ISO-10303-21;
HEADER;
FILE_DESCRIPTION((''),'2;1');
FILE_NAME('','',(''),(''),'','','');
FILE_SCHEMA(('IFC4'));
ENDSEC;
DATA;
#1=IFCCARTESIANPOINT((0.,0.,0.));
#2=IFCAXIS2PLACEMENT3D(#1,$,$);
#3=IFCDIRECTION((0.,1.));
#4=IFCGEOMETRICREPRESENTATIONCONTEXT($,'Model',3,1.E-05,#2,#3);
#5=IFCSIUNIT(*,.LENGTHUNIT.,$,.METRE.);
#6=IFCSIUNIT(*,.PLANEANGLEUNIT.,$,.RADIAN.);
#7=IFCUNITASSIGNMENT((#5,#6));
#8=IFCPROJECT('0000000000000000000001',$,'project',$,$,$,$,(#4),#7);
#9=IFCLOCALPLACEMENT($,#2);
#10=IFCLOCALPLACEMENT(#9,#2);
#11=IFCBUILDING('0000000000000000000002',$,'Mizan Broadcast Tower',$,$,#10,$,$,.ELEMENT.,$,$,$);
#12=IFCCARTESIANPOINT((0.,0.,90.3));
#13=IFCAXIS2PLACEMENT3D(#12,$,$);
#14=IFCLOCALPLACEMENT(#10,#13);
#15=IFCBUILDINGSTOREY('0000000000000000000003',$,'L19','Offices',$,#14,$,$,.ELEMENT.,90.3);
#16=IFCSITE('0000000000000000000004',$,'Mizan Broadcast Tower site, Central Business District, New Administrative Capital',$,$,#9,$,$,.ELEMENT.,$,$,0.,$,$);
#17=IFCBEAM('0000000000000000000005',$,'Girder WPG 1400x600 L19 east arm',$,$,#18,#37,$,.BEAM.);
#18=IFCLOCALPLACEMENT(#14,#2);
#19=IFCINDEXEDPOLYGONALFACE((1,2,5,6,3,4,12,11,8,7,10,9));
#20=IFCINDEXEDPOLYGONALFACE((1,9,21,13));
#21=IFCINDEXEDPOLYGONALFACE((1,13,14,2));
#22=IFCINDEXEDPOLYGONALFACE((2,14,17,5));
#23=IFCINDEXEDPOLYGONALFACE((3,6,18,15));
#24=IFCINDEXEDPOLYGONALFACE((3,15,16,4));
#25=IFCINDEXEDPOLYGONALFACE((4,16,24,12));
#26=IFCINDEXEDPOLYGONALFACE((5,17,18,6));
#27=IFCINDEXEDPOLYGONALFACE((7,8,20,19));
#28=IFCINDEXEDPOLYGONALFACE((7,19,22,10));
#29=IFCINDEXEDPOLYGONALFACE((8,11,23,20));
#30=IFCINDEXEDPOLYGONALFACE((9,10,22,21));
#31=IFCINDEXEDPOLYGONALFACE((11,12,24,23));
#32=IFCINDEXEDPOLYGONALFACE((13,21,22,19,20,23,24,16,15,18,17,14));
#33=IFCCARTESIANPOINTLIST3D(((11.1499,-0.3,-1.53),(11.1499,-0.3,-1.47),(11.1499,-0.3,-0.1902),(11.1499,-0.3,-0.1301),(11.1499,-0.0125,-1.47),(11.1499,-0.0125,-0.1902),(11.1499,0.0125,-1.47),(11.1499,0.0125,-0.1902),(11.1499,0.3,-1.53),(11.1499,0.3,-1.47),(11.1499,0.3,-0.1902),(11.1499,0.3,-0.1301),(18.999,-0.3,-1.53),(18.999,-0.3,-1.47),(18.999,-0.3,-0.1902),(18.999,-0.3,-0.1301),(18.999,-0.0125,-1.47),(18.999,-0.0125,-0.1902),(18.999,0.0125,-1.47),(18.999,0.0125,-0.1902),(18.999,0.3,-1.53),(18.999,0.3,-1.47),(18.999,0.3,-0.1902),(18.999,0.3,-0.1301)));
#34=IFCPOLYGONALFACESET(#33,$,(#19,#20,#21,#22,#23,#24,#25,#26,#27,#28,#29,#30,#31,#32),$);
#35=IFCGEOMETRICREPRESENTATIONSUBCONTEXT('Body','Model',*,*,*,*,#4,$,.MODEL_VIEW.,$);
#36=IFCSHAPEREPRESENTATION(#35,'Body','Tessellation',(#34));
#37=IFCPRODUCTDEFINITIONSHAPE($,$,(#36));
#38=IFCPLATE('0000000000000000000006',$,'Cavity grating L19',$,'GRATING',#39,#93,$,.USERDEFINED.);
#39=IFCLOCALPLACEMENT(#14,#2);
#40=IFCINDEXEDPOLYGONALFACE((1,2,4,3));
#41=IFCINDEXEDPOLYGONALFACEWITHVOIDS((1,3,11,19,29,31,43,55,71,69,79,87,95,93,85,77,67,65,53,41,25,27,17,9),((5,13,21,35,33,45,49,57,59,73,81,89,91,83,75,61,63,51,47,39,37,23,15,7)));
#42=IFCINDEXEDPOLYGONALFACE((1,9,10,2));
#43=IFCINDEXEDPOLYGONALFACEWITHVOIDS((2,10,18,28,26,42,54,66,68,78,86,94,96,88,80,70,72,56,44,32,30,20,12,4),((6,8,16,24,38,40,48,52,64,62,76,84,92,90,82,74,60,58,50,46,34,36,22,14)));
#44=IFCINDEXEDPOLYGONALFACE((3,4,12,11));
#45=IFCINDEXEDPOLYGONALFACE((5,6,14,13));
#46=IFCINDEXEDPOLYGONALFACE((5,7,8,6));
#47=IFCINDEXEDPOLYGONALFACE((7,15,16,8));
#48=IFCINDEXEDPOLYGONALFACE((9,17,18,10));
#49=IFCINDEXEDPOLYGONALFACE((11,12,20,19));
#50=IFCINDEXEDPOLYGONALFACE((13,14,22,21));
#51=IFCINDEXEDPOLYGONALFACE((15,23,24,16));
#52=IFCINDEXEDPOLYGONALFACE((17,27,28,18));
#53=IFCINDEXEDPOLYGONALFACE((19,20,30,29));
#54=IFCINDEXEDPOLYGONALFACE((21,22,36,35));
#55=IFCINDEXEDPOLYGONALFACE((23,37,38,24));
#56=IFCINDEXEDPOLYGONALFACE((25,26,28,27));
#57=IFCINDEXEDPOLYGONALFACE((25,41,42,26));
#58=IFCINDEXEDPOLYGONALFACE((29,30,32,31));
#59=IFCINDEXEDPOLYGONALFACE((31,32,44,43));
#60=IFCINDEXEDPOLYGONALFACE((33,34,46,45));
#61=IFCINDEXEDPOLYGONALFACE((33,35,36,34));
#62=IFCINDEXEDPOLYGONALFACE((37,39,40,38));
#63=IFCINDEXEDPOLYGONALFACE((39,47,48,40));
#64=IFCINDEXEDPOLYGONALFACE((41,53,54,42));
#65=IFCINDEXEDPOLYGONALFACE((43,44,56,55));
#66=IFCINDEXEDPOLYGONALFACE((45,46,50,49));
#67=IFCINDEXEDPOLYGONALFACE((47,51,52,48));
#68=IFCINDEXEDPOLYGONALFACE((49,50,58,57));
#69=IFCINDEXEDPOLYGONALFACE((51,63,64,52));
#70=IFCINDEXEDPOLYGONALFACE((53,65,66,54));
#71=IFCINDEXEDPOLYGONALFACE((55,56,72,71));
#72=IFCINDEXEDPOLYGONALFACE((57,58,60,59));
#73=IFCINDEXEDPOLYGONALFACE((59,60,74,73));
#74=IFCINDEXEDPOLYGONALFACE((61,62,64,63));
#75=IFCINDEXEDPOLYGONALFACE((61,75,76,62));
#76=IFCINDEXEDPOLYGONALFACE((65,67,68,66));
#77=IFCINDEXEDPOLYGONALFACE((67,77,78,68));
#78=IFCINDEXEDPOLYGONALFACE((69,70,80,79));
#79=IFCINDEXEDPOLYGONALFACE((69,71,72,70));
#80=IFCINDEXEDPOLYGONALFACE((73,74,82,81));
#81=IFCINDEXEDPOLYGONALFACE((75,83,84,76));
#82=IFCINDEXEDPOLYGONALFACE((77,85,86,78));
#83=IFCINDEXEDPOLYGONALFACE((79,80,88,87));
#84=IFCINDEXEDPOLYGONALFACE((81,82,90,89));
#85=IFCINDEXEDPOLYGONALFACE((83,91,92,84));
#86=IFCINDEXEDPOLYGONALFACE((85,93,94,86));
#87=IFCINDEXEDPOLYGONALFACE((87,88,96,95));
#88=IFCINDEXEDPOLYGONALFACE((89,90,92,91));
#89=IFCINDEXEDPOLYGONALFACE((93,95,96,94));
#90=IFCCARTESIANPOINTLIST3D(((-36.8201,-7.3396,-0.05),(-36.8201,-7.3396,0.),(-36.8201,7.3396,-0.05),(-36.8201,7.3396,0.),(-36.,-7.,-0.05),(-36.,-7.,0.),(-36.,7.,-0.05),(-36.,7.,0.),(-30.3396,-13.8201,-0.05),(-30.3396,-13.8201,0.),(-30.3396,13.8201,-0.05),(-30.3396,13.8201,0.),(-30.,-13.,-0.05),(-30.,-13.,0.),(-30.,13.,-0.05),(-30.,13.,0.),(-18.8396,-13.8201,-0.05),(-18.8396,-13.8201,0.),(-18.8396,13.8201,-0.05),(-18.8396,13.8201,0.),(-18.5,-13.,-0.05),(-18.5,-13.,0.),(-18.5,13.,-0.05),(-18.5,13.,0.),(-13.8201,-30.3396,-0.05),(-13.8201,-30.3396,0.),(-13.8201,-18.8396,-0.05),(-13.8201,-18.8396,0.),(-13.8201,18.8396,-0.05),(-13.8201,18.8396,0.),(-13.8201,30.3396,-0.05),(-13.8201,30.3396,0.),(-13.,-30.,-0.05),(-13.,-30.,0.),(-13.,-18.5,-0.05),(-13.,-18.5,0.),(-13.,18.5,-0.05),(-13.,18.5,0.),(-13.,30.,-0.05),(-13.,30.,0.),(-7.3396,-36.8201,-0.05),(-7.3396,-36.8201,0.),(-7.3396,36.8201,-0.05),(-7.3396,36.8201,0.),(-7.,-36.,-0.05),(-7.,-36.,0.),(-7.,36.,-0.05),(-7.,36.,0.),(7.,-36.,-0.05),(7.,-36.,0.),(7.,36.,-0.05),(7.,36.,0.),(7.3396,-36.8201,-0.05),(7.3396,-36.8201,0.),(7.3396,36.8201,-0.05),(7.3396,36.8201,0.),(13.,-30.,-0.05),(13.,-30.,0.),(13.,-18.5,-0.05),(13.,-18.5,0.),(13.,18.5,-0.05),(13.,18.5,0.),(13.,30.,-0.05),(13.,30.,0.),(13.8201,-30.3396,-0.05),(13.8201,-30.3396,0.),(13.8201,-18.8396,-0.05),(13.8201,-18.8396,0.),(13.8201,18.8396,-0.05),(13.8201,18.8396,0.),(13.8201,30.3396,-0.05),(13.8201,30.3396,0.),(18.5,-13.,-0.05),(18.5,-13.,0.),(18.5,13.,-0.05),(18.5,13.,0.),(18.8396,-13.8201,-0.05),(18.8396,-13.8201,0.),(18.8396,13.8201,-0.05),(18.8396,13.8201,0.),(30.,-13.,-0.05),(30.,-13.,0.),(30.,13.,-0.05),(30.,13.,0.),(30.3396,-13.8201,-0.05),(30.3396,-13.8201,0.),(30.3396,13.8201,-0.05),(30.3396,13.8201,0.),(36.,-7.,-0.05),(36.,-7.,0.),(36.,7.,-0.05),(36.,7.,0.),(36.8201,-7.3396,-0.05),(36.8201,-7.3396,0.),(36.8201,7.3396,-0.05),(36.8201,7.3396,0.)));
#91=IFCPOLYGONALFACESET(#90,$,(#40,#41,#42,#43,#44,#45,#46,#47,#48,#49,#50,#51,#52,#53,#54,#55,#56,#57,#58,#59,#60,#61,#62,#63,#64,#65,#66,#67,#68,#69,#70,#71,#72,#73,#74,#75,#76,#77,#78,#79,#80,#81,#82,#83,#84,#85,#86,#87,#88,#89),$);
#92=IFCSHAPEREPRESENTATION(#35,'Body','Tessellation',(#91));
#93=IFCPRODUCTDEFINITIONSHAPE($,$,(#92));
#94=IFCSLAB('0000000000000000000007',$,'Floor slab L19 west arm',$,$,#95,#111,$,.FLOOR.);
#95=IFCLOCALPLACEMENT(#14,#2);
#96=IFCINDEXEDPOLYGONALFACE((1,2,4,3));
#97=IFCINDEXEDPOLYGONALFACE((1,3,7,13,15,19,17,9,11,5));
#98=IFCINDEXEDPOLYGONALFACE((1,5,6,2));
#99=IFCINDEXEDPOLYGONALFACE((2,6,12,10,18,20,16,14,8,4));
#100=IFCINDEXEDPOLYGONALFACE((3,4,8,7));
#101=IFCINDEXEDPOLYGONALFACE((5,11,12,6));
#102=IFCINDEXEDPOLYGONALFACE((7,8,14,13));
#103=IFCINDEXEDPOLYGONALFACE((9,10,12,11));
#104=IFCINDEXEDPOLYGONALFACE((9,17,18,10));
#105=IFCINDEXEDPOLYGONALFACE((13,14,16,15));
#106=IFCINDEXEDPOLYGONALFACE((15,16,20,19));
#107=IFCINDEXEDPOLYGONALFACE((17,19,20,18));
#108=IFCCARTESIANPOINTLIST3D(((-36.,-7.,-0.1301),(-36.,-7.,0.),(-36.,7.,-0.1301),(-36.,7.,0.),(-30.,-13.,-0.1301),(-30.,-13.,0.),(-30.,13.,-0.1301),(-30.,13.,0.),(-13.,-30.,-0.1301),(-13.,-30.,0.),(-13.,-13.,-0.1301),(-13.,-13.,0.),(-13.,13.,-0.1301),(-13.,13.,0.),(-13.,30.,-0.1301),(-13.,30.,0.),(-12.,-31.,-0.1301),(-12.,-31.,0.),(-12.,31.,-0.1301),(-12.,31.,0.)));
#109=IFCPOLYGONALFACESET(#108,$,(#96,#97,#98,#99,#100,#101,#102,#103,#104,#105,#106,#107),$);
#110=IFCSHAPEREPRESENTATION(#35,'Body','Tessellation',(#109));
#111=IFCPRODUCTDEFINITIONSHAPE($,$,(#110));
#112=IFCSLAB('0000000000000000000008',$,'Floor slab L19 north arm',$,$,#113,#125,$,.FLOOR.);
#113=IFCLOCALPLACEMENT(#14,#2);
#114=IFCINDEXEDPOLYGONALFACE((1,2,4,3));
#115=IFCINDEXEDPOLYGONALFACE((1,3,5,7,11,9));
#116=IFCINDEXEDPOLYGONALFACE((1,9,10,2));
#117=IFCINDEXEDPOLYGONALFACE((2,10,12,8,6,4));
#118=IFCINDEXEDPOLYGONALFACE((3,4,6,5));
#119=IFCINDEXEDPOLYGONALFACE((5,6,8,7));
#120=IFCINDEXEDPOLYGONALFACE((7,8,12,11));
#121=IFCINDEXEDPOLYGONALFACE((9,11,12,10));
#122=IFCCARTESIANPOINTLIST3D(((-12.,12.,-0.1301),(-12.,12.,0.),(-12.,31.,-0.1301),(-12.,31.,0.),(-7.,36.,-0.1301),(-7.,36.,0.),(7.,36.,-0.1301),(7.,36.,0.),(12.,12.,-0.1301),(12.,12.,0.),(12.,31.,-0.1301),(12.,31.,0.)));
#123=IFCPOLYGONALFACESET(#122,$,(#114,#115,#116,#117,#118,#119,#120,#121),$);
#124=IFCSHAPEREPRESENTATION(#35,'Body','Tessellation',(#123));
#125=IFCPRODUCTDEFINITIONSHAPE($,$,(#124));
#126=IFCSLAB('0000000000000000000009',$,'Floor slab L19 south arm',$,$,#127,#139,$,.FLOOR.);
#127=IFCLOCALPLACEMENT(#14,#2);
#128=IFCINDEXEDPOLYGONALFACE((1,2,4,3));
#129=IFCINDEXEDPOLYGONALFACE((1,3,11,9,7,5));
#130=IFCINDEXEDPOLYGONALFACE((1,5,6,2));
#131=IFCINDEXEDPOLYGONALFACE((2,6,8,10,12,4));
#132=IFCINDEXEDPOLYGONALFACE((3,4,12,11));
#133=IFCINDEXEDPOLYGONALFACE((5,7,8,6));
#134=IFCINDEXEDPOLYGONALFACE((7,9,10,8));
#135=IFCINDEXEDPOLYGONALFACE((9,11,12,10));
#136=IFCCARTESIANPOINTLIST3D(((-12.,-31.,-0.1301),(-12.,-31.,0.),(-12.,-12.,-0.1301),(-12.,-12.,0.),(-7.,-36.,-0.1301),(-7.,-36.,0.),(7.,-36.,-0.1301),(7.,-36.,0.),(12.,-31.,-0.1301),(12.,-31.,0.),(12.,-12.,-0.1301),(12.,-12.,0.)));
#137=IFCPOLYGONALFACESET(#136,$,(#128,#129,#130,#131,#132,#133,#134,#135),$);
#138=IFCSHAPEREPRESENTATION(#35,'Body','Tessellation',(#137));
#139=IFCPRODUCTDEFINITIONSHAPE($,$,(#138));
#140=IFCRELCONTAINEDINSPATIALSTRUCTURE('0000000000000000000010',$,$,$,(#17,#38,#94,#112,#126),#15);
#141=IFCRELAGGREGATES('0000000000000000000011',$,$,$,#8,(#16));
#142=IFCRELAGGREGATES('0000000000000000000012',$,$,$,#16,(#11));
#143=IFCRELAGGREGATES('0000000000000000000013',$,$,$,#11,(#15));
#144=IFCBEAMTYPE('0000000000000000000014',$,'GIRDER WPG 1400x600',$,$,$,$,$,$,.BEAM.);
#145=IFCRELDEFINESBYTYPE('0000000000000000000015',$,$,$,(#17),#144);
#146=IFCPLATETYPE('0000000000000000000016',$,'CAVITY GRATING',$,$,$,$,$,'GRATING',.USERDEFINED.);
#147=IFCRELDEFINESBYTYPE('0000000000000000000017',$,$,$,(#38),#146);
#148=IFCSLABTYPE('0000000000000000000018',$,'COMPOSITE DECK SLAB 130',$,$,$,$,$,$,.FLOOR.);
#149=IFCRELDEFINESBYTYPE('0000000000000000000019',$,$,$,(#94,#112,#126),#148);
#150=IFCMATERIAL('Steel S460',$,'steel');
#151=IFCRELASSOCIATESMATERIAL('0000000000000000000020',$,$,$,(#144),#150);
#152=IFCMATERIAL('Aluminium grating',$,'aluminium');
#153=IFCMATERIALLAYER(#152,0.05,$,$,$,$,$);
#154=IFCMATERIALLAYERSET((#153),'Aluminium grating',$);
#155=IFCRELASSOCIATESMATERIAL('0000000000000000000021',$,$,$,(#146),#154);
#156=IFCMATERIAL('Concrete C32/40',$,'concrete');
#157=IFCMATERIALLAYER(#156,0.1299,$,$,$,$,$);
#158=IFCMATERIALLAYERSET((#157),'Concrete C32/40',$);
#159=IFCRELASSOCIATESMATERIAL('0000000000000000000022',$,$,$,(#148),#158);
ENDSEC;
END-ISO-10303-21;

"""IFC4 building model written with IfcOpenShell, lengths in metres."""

from ifc_helpers import new_model, si_unit, direction, frame, origin, origin_2d, place, context, subcontext, project, spatial, polyline, i_section, outline, extrude, material, layer, layer_set, material_profile, profile_set, type_object, element, save


model = new_model("IFC4")

# Units and contexts
model_context = context("Model", 3, precision=1e-05, world=origin(), true_north=direction((0.0, 1.0)))
body_context = subcontext(model_context, "Body", "Model", "MODEL_VIEW")
ifc_project = project(units=[si_unit("LENGTHUNIT", "METRE"), si_unit("PLANEANGLEUNIT", "RADIAN")], contexts=[model_context])

# Site, building, storey
site_placement = place(None, origin())
site = spatial("IfcSite", under=ifc_project, at=site_placement, Name="Mizan Broadcast Tower site, Central Business District, New Administrative Capital", CompositionType="ELEMENT", RefElevation=0.0)
building_placement = place(site_placement, origin())
building = spatial("IfcBuilding", under=site, at=building_placement, Name="Mizan Broadcast Tower", CompositionType="ELEMENT")
storey_placement = place(building_placement, frame((0.0, 0.0, 90.3)))
storey = spatial("IfcBuildingStorey", under=building, at=storey_placement, Name="L19", Description="Offices", CompositionType="ELEMENT", Elevation=90.3)

# Beam
ifc_material_1 = material(Name="Steel S460", Category="steel")
ifc_material_profile = material_profile(ifc_material_1, i_section(OverallWidth=0.6001, OverallDepth=1.3999, WebThickness=0.0249, FlangeThickness=0.0601, at=origin_2d()), Name="WPG 1400x600")
ifc_profile_set = profile_set([ifc_material_profile], Name="Steel S460")
beam_type = type_object("IfcBeamType", Name="GIRDER WPG 1400x600", PredefinedType="BEAM", material=ifc_profile_set)
beam_placement = place(storey_placement, frame((11.1499, 0.0, -0.8301), z_axis=(1.0, 0.0, 0.0), x_axis=(0.0, 1.0, 0.0)))
element("IfcBeam", 1, at=beam_placement, inside=storey, type_object=beam_type, Name="Girder WPG 1400x600 L19 east arm", PredefinedType="BEAM", context=body_context, shape_type="SweptSolid", body=[
    extrude(i_section(OverallWidth=0.6001, OverallDepth=1.3999, WebThickness=0.0249, FlangeThickness=0.0601, at=origin_2d()), origin(), (0.0, 0.0, 1.0), 7.8491),
])

# Plate
ifc_material_2 = material(Name="Aluminium grating", Category="aluminium")
ifc_layer_1 = layer(ifc_material_2, 0.05)
ifc_layer_set_1 = layer_set([ifc_layer_1], Name="Aluminium grating")
plate_type = type_object("IfcPlateType", Name="CAVITY GRATING", ElementType="GRATING", PredefinedType="USERDEFINED", material=ifc_layer_set_1)
plate_placement = place(storey_placement, frame((0.0, 0.0, -0.05)))
element("IfcPlate", 2, at=plate_placement, inside=storey, type_object=plate_type, Name="Cavity grating L19", ObjectType="GRATING", PredefinedType="USERDEFINED", context=body_context, shape_type="SweptSolid", body=[
    extrude(outline(polyline([(13.8201, -18.8396), (18.8396, -13.8201), (30.3396, -13.8201), (36.8201, -7.3396), (36.8201, 7.3396), (30.3396, 13.8201), (18.8396, 13.8201), (13.8201, 18.8396), (13.8201, 30.3396), (7.3396, 36.8201), (-7.3396, 36.8201), (-13.8201, 30.3396), (-13.8201, 18.8396), (-18.8396, 13.8201), (-30.3396, 13.8201), (-36.8201, 7.3396), (-36.8201, -7.3396), (-30.3396, -13.8201), (-18.8396, -13.8201), (-13.8201, -18.8396), (-13.8201, -30.3396), (-7.3396, -36.8201), (7.3396, -36.8201), (13.8201, -30.3396), (13.8201, -18.8396)]), holes=[polyline([(36.0, 7.0), (36.0, -7.0), (30.0, -13.0), (18.5, -13.0), (13.0, -18.5), (13.0, -30.0), (7.0, -36.0), (-7.0, -36.0), (-13.0, -30.0), (-13.0, -18.5), (-18.5, -13.0), (-30.0, -13.0), (-36.0, -7.0), (-36.0, 7.0), (-30.0, 13.0), (-18.5, 13.0), (-13.0, 18.5), (-13.0, 30.0), (-7.0, 36.0), (7.0, 36.0), (13.0, 30.0), (13.0, 18.5), (18.5, 13.0), (30.0, 13.0), (36.0, 7.0)])]), origin(), (0.0, 0.0, 1.0), 0.05),
])

# Slabs
ifc_material_3 = material(Name="Concrete C32/40", Category="concrete")
ifc_layer_2 = layer(ifc_material_3, 0.1299)
ifc_layer_set_2 = layer_set([ifc_layer_2], Name="Concrete C32/40")
slab_type_1 = type_object("IfcSlabType", Name="COMPOSITE DECK SLAB 130", PredefinedType="FLOOR", material=ifc_layer_set_2)
slab_1_placement = place(storey_placement, frame((0.0, 0.0, -0.1301)))
element("IfcSlab", 3, at=slab_1_placement, inside=storey, type_object=slab_type_1, Name="Floor slab L19 west arm", PredefinedType="FLOOR", context=body_context, shape_type="SweptSolid", body=[
    extrude(outline(polyline([(-13.0, -30.0), (-12.0, -31.0), (-12.0, 31.0), (-13.0, 30.0), (-13.0, 13.0), (-30.0, 13.0), (-36.0, 7.0), (-36.0, -7.0), (-30.0, -13.0), (-13.0, -13.0), (-13.0, -30.0)])), origin(), (0.0, 0.0, 1.0), 0.1301),
])
slab_2_placement = place(storey_placement, frame((0.0, 0.0, -0.1301)))
element("IfcSlab", 4, at=slab_2_placement, inside=storey, type_object=slab_type_1, Name="Floor slab L19 north arm", PredefinedType="FLOOR", context=body_context, shape_type="SweptSolid", body=[
    extrude(outline(polyline([(-7.0, 36.0), (-12.0, 31.0), (-12.0, 12.0), (12.0, 12.0), (12.0, 31.0), (7.0, 36.0), (-7.0, 36.0)])), origin(), (0.0, 0.0, 1.0), 0.1301),
])
slab_3_placement = place(storey_placement, frame((0.0, 0.0, -0.1301)))
element("IfcSlab", 5, at=slab_3_placement, inside=storey, type_object=slab_type_1, Name="Floor slab L19 south arm", PredefinedType="FLOOR", context=body_context, shape_type="SweptSolid", body=[
    extrude(outline(polyline([(7.0, -36.0), (12.0, -31.0), (12.0, -12.0), (-12.0, -12.0), (-12.0, -31.0), (-7.0, -36.0), (7.0, -36.0)])), origin(), (0.0, 0.0, 1.0), 0.1301),
])

save(model, "model.ifc")
